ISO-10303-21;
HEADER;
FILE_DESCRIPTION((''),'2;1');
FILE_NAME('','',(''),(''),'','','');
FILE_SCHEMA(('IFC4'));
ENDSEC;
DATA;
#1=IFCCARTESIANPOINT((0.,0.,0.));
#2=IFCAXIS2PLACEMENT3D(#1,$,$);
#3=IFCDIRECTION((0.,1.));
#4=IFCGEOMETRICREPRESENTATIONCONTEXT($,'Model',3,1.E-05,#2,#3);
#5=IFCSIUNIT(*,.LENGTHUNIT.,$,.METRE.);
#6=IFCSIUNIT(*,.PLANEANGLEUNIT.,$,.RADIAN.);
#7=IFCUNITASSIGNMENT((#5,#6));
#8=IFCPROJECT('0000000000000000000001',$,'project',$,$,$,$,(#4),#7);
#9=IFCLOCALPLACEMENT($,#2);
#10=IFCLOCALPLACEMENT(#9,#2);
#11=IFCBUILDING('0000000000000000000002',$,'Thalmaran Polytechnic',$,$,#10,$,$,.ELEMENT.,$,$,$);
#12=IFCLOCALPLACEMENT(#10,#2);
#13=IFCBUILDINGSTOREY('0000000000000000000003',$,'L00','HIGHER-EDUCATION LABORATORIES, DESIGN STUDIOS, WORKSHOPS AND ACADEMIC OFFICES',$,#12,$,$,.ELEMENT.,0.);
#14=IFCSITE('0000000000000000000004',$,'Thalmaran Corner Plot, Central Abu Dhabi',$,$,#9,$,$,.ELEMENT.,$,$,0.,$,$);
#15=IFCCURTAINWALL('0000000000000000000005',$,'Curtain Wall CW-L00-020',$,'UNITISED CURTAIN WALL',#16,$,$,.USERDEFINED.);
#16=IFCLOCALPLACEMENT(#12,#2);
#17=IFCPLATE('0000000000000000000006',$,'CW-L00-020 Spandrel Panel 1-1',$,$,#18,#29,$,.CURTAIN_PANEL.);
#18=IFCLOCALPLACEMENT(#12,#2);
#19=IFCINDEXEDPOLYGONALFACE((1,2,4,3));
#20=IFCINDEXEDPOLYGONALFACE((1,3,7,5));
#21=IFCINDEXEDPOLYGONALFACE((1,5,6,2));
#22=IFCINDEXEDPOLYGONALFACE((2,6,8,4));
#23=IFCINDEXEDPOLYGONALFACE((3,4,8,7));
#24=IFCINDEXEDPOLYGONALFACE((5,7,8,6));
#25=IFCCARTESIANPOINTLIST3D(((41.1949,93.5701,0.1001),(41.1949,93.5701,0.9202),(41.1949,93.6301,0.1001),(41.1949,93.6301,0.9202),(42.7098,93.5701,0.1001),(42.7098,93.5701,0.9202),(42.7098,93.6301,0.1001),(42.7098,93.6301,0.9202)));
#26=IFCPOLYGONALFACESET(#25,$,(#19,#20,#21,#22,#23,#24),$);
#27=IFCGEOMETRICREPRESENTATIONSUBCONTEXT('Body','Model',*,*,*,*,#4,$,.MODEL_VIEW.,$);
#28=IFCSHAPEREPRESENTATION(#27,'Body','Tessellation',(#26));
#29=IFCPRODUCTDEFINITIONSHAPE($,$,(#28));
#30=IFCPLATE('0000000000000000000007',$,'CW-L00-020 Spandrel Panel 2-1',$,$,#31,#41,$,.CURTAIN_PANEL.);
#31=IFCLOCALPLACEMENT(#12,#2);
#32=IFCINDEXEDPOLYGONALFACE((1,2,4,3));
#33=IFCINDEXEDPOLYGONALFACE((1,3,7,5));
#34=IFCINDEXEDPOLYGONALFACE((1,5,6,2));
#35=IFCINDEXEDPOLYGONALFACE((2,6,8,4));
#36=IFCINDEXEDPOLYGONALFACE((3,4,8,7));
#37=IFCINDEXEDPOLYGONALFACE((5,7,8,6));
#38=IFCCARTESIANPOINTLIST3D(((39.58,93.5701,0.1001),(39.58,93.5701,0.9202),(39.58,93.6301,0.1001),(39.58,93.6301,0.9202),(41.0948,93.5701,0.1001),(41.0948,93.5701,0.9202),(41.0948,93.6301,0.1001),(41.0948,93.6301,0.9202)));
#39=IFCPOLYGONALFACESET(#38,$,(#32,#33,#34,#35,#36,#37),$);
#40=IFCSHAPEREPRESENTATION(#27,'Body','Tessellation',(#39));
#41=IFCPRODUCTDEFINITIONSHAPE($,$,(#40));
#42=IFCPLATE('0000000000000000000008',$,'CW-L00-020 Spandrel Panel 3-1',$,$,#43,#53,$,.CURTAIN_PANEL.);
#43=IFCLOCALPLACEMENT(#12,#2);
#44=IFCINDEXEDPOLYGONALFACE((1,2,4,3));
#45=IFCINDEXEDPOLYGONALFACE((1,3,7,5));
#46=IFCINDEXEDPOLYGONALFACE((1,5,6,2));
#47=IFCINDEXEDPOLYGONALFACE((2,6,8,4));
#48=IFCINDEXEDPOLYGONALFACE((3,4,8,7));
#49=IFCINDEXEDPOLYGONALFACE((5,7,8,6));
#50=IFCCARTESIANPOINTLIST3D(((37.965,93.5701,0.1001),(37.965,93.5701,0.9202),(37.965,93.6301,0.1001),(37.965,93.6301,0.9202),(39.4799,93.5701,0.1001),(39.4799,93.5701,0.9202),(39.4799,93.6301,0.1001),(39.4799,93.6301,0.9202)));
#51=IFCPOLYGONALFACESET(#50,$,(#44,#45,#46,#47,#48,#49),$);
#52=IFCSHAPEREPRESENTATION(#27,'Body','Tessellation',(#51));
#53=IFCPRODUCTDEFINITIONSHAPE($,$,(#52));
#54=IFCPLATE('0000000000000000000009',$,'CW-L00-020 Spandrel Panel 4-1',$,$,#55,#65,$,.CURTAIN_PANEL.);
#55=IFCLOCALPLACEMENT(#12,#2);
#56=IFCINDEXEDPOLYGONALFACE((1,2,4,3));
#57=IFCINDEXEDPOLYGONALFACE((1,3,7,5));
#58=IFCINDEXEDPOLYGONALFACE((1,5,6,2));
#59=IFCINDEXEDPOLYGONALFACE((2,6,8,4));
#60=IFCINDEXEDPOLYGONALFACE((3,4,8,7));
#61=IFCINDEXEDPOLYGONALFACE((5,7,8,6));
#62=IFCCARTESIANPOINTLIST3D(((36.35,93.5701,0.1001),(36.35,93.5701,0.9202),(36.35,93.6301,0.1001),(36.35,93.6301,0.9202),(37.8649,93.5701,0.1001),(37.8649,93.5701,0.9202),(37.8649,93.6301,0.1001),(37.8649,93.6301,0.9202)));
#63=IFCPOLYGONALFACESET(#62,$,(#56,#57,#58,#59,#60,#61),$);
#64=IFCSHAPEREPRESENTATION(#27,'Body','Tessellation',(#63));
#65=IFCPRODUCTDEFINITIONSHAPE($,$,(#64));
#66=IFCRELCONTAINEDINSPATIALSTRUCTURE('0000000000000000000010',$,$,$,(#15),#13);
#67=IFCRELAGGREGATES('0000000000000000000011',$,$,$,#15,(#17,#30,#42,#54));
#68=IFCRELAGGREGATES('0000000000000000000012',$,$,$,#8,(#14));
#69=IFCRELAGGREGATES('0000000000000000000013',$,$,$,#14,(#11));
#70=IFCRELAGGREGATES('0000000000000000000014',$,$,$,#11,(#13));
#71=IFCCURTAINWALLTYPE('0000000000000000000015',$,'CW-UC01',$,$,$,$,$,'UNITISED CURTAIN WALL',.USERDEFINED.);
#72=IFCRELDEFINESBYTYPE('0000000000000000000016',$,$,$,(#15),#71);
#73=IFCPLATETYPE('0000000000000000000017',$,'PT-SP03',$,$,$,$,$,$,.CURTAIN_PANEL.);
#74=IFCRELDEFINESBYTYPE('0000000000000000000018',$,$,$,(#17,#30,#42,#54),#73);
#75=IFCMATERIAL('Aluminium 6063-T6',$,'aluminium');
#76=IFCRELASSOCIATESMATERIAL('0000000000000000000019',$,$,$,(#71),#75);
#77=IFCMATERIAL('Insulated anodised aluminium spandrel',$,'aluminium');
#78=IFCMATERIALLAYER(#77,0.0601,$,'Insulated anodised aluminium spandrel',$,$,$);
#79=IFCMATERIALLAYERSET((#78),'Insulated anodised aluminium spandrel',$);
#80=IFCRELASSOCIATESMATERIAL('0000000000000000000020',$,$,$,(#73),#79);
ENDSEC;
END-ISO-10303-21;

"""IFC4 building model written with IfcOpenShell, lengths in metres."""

from ifc_helpers import new_model, si_unit, direction, frame, origin, origin_2d, place, context, subcontext, project, spatial, rectangle, extrude, material, layer, layer_set, type_object, element, aggregate, save


model = new_model("IFC4")

# Units and contexts
model_context = context("Model", 3, precision=1e-05, world=origin(), true_north=direction((0.0, 1.0)))
body_context = subcontext(model_context, "Body", "Model", "MODEL_VIEW")
ifc_project = project(units=[si_unit("LENGTHUNIT", "METRE"), si_unit("PLANEANGLEUNIT", "RADIAN")], contexts=[model_context])

# Site, building, storey
site_placement = place(None, origin())
site = spatial("IfcSite", under=ifc_project, at=site_placement, Name="Thalmaran Corner Plot, Central Abu Dhabi", CompositionType="ELEMENT", RefElevation=0.0)
building_placement = place(site_placement, origin())
building = spatial("IfcBuilding", under=site, at=building_placement, Name="Thalmaran Polytechnic", CompositionType="ELEMENT")
storey_placement = place(building_placement, origin())
storey = spatial("IfcBuildingStorey", under=building, at=storey_placement, Name="L00", Description="HIGHER-EDUCATION LABORATORIES, DESIGN STUDIOS, WORKSHOPS AND ACADEMIC OFFICES", CompositionType="ELEMENT", Elevation=0.0)

# Curtain wall
ifc_material_1 = material(Name="Aluminium 6063-T6", Category="aluminium")
curtain_wall_type_1 = type_object("IfcCurtainWallType", Name="CW-UC01", ElementType="UNITISED CURTAIN WALL", PredefinedType="USERDEFINED", material=ifc_material_1)
curtain_wall_1_placement = place(storey_placement, origin())
curtain_wall_1 = element("IfcCurtainWall", 1, at=curtain_wall_1_placement, inside=storey, type_object=curtain_wall_type_1, Name="Curtain Wall CW-L00-020", ObjectType="UNITISED CURTAIN WALL", PredefinedType="USERDEFINED")

# Plates
ifc_material_2 = material(Name="Insulated anodised aluminium spandrel", Category="aluminium")
ifc_layer_1 = layer(ifc_material_2, 0.0601, Name="Insulated anodised aluminium spandrel")
ifc_layer_set_1 = layer_set([ifc_layer_1], Name="Insulated anodised aluminium spandrel")
plate_type_1 = type_object("IfcPlateType", Name="PT-SP03", PredefinedType="CURTAIN_PANEL", material=ifc_layer_set_1)
plate_1_placement = place(storey_placement, frame((41.9524, 93.6001, 0.1001), z_axis=(0.0, 0.0, 1.0), x_axis=(-1.0, 0.0, 0.0)))
plate_1 = element("IfcPlate", 2, at=plate_1_placement, type_object=plate_type_1, Name="CW-L00-020 Spandrel Panel 1-1", PredefinedType="CURTAIN_PANEL", context=body_context, shape_type="SweptSolid", body=[
    extrude(rectangle(XDim=1.5149, YDim=0.0601, at=origin_2d()), origin(), (0.0, 0.0, 1.0), 0.8201),
])
plate_2_placement = place(storey_placement, frame((40.3374, 93.6001, 0.1001), z_axis=(0.0, 0.0, 1.0), x_axis=(-1.0, 0.0, 0.0)))
plate_2 = element("IfcPlate", 3, at=plate_2_placement, type_object=plate_type_1, Name="CW-L00-020 Spandrel Panel 2-1", PredefinedType="CURTAIN_PANEL", context=body_context, shape_type="SweptSolid", body=[
    extrude(rectangle(XDim=1.5149, YDim=0.0601, at=origin_2d()), origin(), (0.0, 0.0, 1.0), 0.8201),
])
plate_3_placement = place(storey_placement, frame((38.7224, 93.6001, 0.1001), z_axis=(0.0, 0.0, 1.0), x_axis=(-1.0, 0.0, 0.0)))
plate_3 = element("IfcPlate", 4, at=plate_3_placement, type_object=plate_type_1, Name="CW-L00-020 Spandrel Panel 3-1", PredefinedType="CURTAIN_PANEL", context=body_context, shape_type="SweptSolid", body=[
    extrude(rectangle(XDim=1.5149, YDim=0.0601, at=origin_2d()), origin(), (0.0, 0.0, 1.0), 0.8201),
])
plate_4_placement = place(storey_placement, frame((37.1074, 93.6001, 0.1001), z_axis=(0.0, 0.0, 1.0), x_axis=(-1.0, 0.0, 0.0)))
plate_4 = element("IfcPlate", 5, at=plate_4_placement, type_object=plate_type_1, Name="CW-L00-020 Spandrel Panel 4-1", PredefinedType="CURTAIN_PANEL", context=body_context, shape_type="SweptSolid", body=[
    extrude(rectangle(XDim=1.5149, YDim=0.0601, at=origin_2d()), origin(), (0.0, 0.0, 1.0), 0.8201),
])
aggregate(curtain_wall_1, [plate_1, plate_2, plate_3, plate_4])

save(model, "model.ifc")
